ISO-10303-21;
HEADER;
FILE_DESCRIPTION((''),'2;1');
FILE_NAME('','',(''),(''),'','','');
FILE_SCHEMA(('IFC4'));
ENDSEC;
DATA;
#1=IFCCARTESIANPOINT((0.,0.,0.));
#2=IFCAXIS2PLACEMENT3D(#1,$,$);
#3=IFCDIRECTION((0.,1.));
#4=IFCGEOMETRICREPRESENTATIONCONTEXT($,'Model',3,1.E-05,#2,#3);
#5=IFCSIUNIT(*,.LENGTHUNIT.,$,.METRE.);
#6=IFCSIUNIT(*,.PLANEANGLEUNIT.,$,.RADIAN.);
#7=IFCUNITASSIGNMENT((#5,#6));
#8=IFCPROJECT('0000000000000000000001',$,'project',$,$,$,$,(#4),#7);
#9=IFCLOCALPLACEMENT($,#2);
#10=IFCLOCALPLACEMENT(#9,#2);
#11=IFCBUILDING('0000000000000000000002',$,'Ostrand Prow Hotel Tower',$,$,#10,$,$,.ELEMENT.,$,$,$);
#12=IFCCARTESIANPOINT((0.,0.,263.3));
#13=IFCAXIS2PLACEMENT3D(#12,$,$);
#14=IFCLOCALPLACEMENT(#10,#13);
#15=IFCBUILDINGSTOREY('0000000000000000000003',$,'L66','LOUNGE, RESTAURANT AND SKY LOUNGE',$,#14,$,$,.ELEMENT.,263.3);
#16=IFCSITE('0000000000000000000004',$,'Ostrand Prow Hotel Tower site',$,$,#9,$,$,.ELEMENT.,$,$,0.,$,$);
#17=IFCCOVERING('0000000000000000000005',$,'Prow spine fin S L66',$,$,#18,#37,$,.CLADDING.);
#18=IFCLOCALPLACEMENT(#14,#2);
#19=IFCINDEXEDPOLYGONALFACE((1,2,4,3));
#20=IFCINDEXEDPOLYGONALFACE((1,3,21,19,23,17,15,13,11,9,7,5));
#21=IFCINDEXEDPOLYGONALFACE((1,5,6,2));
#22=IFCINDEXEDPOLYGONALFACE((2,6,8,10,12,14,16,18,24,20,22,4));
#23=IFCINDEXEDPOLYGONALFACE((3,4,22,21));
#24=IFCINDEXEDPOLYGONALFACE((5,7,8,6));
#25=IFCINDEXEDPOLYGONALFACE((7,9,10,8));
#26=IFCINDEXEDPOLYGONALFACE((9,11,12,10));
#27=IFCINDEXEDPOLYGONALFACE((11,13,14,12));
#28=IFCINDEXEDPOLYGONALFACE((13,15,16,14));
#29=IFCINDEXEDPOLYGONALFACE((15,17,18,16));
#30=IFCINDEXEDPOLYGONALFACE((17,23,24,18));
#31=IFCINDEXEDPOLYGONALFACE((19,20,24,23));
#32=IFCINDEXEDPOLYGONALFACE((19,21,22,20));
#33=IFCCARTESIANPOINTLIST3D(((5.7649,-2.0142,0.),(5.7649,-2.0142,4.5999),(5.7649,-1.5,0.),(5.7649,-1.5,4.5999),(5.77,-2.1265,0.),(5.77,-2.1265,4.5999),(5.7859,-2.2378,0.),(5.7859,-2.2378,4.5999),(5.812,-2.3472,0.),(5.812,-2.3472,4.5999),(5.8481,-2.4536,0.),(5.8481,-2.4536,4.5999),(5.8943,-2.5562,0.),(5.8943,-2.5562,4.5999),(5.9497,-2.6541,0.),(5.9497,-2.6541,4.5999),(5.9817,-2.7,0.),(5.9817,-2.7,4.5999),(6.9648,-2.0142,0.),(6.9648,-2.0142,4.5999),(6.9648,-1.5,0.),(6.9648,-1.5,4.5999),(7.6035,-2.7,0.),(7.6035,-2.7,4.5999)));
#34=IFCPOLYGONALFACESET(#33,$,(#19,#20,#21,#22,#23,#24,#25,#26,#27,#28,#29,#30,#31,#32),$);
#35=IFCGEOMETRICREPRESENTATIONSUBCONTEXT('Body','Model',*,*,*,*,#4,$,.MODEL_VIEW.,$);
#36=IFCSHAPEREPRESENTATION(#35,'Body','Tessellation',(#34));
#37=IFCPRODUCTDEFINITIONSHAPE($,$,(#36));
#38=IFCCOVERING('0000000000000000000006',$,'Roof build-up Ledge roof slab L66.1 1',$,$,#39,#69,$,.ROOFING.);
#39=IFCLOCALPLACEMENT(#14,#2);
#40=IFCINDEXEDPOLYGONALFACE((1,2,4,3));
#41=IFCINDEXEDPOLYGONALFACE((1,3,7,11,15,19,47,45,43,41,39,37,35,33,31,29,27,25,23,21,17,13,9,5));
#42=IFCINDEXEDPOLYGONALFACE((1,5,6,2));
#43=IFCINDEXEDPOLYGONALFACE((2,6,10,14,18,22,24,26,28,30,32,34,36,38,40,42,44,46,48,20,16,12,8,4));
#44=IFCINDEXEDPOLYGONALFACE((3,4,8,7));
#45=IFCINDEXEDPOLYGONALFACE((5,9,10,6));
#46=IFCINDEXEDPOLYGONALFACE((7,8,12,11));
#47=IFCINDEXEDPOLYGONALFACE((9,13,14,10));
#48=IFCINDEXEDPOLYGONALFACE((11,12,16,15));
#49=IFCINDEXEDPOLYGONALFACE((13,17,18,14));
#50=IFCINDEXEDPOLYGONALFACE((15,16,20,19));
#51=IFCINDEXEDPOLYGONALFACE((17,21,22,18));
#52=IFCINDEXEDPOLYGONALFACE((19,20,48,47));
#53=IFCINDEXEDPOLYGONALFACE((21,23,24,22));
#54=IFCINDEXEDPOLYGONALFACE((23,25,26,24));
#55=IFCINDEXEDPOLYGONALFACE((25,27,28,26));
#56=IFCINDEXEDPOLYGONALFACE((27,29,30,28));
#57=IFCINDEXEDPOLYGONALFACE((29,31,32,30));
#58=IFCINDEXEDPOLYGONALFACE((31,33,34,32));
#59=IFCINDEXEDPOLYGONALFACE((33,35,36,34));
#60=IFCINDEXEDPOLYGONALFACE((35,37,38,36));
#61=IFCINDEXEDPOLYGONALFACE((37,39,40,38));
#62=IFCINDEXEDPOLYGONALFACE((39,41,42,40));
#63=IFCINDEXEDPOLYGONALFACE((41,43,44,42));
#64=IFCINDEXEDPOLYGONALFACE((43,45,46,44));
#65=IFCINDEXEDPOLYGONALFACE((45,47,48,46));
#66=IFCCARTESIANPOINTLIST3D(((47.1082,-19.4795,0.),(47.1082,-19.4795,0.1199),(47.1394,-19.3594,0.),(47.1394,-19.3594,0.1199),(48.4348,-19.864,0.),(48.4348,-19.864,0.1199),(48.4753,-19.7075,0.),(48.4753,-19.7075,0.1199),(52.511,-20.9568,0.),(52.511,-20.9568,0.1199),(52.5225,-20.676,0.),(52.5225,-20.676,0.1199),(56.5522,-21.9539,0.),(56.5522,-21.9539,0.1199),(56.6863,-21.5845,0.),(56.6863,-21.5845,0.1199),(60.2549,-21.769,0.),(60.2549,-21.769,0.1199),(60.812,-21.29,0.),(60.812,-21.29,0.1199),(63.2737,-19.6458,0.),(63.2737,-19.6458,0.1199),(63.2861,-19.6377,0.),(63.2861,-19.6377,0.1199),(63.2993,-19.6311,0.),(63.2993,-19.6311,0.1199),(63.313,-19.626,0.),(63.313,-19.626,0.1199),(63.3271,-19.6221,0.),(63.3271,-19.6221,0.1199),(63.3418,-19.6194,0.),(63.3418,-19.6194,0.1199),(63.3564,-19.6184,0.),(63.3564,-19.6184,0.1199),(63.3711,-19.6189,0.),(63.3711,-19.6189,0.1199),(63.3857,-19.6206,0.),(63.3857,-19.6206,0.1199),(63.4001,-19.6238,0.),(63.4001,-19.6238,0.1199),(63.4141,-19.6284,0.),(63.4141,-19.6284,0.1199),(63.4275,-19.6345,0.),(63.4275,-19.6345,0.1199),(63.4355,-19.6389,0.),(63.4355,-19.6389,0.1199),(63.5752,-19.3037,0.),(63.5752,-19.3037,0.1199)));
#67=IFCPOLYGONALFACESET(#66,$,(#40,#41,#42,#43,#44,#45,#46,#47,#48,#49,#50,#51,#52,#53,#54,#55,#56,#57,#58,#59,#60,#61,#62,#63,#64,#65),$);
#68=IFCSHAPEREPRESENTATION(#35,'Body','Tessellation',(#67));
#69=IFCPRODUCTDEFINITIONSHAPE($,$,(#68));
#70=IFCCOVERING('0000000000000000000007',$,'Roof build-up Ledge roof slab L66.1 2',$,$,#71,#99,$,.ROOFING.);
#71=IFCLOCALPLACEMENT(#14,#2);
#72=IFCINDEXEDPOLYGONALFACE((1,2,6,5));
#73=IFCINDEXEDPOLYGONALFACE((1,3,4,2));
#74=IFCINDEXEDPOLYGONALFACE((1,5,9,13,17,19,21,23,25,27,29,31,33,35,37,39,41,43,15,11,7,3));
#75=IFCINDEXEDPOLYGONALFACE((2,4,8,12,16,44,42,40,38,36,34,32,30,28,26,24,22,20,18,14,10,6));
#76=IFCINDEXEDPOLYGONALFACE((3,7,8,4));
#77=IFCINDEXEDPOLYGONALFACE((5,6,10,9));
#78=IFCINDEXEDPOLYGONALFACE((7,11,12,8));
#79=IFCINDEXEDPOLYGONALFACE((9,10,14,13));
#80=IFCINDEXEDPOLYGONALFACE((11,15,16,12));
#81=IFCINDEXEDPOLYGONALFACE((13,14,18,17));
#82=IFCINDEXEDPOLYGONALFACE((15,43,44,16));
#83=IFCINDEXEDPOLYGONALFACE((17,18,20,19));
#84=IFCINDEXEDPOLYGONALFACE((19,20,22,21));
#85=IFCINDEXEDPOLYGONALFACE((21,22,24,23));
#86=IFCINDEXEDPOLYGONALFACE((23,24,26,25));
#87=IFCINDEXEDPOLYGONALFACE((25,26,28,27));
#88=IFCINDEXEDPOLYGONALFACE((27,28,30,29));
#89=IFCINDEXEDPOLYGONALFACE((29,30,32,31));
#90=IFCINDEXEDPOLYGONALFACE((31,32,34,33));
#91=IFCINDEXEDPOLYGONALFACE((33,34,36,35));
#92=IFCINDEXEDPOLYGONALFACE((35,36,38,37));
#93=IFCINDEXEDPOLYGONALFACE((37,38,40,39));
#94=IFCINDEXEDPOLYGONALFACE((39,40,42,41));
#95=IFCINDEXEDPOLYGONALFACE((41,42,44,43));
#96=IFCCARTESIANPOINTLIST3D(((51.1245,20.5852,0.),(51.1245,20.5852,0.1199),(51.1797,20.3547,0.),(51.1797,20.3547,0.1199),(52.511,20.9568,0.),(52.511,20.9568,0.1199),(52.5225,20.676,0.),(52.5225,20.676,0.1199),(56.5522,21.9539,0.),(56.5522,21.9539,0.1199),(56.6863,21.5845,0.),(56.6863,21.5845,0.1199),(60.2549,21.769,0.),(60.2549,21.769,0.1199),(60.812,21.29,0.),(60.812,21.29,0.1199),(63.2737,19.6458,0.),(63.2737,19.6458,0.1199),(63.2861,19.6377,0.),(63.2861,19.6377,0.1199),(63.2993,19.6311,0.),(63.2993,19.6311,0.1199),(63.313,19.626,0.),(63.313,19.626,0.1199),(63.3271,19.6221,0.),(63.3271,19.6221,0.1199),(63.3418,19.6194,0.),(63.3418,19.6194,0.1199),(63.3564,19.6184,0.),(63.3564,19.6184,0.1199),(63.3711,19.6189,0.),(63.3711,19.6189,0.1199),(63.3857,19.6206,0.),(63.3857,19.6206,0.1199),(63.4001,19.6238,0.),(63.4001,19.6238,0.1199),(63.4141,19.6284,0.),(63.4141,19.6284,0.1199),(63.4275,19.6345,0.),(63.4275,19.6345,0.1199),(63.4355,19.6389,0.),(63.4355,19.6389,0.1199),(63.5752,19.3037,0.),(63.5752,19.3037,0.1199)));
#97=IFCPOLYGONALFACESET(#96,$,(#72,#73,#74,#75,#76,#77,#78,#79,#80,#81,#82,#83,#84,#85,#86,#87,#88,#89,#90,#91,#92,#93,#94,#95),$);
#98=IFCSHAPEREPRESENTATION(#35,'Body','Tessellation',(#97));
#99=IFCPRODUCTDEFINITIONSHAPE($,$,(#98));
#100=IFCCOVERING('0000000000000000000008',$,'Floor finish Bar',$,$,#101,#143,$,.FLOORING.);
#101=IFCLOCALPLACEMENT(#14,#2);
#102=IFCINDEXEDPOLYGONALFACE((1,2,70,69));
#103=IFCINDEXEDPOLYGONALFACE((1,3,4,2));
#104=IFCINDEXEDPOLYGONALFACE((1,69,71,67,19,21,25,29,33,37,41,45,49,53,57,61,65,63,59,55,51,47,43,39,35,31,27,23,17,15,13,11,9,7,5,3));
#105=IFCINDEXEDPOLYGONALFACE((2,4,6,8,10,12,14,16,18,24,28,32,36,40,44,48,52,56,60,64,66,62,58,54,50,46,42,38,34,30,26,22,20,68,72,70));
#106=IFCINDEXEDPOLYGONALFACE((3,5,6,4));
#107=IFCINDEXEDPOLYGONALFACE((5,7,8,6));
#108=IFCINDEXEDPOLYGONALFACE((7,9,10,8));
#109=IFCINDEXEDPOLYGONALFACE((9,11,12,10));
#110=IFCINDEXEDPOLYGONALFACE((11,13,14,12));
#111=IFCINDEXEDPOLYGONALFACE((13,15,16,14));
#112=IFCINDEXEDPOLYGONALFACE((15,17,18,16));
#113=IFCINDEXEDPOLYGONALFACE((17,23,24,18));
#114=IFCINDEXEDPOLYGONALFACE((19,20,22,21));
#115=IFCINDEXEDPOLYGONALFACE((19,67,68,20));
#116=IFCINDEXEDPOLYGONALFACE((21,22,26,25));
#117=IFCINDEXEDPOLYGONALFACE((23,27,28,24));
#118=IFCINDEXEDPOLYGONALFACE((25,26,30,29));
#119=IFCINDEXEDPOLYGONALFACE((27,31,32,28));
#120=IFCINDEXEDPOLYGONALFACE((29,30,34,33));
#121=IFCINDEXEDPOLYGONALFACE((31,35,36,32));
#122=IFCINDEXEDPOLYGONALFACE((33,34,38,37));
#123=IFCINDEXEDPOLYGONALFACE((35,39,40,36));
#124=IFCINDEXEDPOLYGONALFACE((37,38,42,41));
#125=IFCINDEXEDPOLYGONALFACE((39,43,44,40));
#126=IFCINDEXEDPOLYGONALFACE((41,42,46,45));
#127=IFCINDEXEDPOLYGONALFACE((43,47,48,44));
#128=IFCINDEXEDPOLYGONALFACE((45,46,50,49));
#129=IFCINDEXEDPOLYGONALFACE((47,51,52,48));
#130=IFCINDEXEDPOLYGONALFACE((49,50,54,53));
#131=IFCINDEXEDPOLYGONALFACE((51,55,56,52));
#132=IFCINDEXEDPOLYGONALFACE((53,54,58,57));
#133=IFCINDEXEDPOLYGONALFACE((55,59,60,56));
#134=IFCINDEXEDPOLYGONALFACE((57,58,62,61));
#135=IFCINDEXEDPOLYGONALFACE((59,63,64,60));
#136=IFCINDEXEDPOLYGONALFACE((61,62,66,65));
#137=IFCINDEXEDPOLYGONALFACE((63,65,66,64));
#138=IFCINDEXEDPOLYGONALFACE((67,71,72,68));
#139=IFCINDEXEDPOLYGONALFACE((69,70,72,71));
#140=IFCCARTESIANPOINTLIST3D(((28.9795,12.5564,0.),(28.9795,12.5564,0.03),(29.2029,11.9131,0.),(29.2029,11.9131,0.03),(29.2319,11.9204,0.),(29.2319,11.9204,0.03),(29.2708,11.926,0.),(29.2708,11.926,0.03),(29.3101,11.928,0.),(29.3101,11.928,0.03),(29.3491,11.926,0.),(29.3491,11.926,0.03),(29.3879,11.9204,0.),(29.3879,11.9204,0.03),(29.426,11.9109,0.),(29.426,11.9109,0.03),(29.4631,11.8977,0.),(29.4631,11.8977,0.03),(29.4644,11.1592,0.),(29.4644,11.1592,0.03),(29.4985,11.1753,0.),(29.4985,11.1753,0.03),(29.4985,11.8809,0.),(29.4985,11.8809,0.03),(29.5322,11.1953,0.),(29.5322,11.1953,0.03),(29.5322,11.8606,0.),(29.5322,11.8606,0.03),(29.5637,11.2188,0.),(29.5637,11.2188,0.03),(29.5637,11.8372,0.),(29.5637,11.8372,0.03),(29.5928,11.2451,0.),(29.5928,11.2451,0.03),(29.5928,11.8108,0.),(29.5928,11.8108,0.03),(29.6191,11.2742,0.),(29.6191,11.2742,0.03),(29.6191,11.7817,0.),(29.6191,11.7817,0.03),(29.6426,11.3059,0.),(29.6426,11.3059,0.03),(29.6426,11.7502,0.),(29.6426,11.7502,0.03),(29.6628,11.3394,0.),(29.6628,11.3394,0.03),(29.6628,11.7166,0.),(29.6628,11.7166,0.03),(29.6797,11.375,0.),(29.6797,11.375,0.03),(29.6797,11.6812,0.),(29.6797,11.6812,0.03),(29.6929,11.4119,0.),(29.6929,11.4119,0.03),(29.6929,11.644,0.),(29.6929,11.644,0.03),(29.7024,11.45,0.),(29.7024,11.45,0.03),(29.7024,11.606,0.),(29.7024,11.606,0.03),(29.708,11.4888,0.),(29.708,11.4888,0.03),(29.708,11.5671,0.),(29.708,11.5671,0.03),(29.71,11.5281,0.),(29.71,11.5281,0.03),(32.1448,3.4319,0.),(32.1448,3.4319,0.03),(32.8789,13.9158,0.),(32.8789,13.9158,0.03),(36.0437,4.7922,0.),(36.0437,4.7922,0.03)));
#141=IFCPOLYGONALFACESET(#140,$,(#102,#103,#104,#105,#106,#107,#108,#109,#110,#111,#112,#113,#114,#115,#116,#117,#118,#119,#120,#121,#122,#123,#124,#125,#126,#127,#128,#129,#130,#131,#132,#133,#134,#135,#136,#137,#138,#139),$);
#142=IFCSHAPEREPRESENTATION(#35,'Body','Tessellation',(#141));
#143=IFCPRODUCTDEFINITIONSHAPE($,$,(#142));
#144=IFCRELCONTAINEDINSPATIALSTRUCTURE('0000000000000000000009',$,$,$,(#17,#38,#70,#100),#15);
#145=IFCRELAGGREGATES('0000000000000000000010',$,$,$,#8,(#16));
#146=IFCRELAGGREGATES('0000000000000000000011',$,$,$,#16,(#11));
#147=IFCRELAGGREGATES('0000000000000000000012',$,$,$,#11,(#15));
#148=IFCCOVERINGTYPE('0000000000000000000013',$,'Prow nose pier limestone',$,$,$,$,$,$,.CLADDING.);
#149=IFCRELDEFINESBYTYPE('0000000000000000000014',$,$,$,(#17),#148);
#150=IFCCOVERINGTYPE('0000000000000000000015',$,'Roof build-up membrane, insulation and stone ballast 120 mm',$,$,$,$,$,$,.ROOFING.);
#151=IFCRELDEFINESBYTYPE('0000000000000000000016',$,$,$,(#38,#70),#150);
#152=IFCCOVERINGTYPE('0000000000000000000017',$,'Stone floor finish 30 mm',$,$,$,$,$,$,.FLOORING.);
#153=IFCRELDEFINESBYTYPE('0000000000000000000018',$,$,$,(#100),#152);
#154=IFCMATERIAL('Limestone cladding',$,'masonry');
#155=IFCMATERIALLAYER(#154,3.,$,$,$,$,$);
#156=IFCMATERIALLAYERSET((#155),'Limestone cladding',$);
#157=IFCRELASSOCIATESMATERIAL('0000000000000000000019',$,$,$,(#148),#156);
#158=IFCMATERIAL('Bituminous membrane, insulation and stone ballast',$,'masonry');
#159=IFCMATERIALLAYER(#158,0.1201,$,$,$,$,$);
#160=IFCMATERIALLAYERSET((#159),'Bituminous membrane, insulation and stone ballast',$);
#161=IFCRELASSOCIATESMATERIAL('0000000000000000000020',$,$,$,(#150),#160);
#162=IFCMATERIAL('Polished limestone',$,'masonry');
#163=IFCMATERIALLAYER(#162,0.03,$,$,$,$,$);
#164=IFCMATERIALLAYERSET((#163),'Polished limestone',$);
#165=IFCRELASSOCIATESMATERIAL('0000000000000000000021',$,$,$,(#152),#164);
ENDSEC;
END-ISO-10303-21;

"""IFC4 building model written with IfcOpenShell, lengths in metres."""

from ifc_helpers import new_model, si_unit, direction, frame, origin, place, context, subcontext, project, spatial, polyline, outline, extrude, material, layer, layer_set, type_object, element, save


model = new_model("IFC4")

# Units and contexts
model_context = context("Model", 3, precision=1e-05, world=origin(), true_north=direction((0.0, 1.0)))
body_context = subcontext(model_context, "Body", "Model", "MODEL_VIEW")
ifc_project = project(units=[si_unit("LENGTHUNIT", "METRE"), si_unit("PLANEANGLEUNIT", "RADIAN")], contexts=[model_context])

# Site, building, storey
site_placement = place(None, origin())
site = spatial("IfcSite", under=ifc_project, at=site_placement, Name="Ostrand Prow Hotel Tower site", CompositionType="ELEMENT", RefElevation=0.0)
building_placement = place(site_placement, origin())
building = spatial("IfcBuilding", under=site, at=building_placement, Name="Ostrand Prow Hotel Tower", CompositionType="ELEMENT")
storey_placement = place(building_placement, frame((0.0, 0.0, 263.3)))
storey = spatial("IfcBuildingStorey", under=building, at=storey_placement, Name="L66", Description="LOUNGE, RESTAURANT AND SKY LOUNGE", CompositionType="ELEMENT", Elevation=263.3)

# Coverings
ifc_material_1 = material(Name="Limestone cladding", Category="masonry")
ifc_layer_1 = layer(ifc_material_1, 3.0)
ifc_layer_set_1 = layer_set([ifc_layer_1], Name="Limestone cladding")
covering_type_1 = type_object("IfcCoveringType", Name="Prow nose pier limestone", PredefinedType="CLADDING", material=ifc_layer_set_1)
covering_1_placement = place(storey_placement, origin())
element("IfcCovering", 1, at=covering_1_placement, inside=storey, type_object=covering_type_1, Name="Prow spine fin S L66", PredefinedType="CLADDING", context=body_context, shape_type="SweptSolid", body=[
    extrude(outline(polyline([(5.9497, -2.6541), (5.9817, -2.7), (7.6035, -2.7), (6.9648, -2.0142), (6.9648, -1.5), (5.7649, -1.5), (5.7649, -2.0142), (5.77, -2.1265), (5.7859, -2.2378), (5.812, -2.3472), (5.8481, -2.4536), (5.8943, -2.5562), (5.9497, -2.6541)])), origin(), (0.0, 0.0, 1.0), 4.5999),
])
ifc_material_2 = material(Name="Bituminous membrane, insulation and stone ballast", Category="masonry")
ifc_layer_2 = layer(ifc_material_2, 0.1201)
ifc_layer_set_2 = layer_set([ifc_layer_2], Name="Bituminous membrane, insulation and stone ballast")
covering_type_2 = type_object("IfcCoveringType", Name="Roof build-up membrane, insulation and stone ballast 120 mm", PredefinedType="ROOFING", material=ifc_layer_set_2)
covering_2_placement = place(storey_placement, origin())
element("IfcCovering", 2, at=covering_2_placement, inside=storey, type_object=covering_type_2, Name="Roof build-up Ledge roof slab L66.1 1", PredefinedType="ROOFING", context=body_context, shape_type="SweptSolid", body=[
    extrude(outline(polyline([(48.4753, -19.7075), (47.1394, -19.3594), (47.1082, -19.4795), (48.4348, -19.864), (52.511, -20.9568), (56.5522, -21.9539), (60.2549, -21.769), (63.2737, -19.6458), (63.2861, -19.6377), (63.2993, -19.6311), (63.313, -19.626), (63.3271, -19.6221), (63.3418, -19.6194), (63.3564, -19.6184), (63.3711, -19.6189), (63.3857, -19.6206), (63.4001, -19.6238), (63.4141, -19.6284), (63.4275, -19.6345), (63.4355, -19.6389), (63.5752, -19.3037), (60.812, -21.29), (56.6863, -21.5845), (52.5225, -20.676), (48.4753, -19.7075)])), origin(), (0.0, 0.0, 1.0), 0.1199),
])
covering_3_placement = place(storey_placement, origin())
element("IfcCovering", 3, at=covering_3_placement, inside=storey, type_object=covering_type_2, Name="Roof build-up Ledge roof slab L66.1 2", PredefinedType="ROOFING", context=body_context, shape_type="SweptSolid", body=[
    extrude(outline(polyline([(63.5752, 19.3037), (63.4355, 19.6389), (63.4275, 19.6345), (63.4141, 19.6284), (63.4001, 19.6238), (63.3857, 19.6206), (63.3711, 19.6189), (63.3564, 19.6184), (63.3418, 19.6194), (63.3271, 19.6221), (63.313, 19.626), (63.2993, 19.6311), (63.2861, 19.6377), (63.2737, 19.6458), (60.2549, 21.769), (56.5522, 21.9539), (52.511, 20.9568), (51.1245, 20.5852), (51.1797, 20.3547), (52.5225, 20.676), (56.6863, 21.5845), (60.812, 21.29), (63.5752, 19.3037)])), origin(), (0.0, 0.0, 1.0), 0.1199),
])
ifc_material_3 = material(Name="Polished limestone", Category="masonry")
ifc_layer_3 = layer(ifc_material_3, 0.03)
ifc_layer_set_3 = layer_set([ifc_layer_3], Name="Polished limestone")
covering_type_3 = type_object("IfcCoveringType", Name="Stone floor finish 30 mm", PredefinedType="FLOORING", material=ifc_layer_set_3)
covering_4_placement = place(storey_placement, origin())
element("IfcCovering", 4, at=covering_4_placement, inside=storey, type_object=covering_type_3, Name="Floor finish Bar", PredefinedType="FLOORING", context=body_context, shape_type="SweptSolid", body=[
    extrude(outline(polyline([(32.1448, 3.4319), (36.0437, 4.7922), (32.8789, 13.9158), (28.9795, 12.5564), (29.2029, 11.9131), (29.2319, 11.9204), (29.2708, 11.926), (29.3101, 11.928), (29.3491, 11.926), (29.3879, 11.9204), (29.426, 11.9109), (29.4631, 11.8977), (29.4985, 11.8809), (29.5322, 11.8606), (29.5637, 11.8372), (29.5928, 11.8108), (29.6191, 11.7817), (29.6426, 11.7502), (29.6628, 11.7166), (29.6797, 11.6812), (29.6929, 11.644), (29.7024, 11.606), (29.708, 11.5671), (29.71, 11.5281), (29.708, 11.4888), (29.7024, 11.45), (29.6929, 11.4119), (29.6797, 11.375), (29.6628, 11.3394), (29.6426, 11.3059), (29.6191, 11.2742), (29.5928, 11.2451), (29.5637, 11.2188), (29.5322, 11.1953), (29.4985, 11.1753), (29.4644, 11.1592), (32.1448, 3.4319)])), origin(), (0.0, 0.0, 1.0), 0.03),
])

save(model, "model.ifc")
